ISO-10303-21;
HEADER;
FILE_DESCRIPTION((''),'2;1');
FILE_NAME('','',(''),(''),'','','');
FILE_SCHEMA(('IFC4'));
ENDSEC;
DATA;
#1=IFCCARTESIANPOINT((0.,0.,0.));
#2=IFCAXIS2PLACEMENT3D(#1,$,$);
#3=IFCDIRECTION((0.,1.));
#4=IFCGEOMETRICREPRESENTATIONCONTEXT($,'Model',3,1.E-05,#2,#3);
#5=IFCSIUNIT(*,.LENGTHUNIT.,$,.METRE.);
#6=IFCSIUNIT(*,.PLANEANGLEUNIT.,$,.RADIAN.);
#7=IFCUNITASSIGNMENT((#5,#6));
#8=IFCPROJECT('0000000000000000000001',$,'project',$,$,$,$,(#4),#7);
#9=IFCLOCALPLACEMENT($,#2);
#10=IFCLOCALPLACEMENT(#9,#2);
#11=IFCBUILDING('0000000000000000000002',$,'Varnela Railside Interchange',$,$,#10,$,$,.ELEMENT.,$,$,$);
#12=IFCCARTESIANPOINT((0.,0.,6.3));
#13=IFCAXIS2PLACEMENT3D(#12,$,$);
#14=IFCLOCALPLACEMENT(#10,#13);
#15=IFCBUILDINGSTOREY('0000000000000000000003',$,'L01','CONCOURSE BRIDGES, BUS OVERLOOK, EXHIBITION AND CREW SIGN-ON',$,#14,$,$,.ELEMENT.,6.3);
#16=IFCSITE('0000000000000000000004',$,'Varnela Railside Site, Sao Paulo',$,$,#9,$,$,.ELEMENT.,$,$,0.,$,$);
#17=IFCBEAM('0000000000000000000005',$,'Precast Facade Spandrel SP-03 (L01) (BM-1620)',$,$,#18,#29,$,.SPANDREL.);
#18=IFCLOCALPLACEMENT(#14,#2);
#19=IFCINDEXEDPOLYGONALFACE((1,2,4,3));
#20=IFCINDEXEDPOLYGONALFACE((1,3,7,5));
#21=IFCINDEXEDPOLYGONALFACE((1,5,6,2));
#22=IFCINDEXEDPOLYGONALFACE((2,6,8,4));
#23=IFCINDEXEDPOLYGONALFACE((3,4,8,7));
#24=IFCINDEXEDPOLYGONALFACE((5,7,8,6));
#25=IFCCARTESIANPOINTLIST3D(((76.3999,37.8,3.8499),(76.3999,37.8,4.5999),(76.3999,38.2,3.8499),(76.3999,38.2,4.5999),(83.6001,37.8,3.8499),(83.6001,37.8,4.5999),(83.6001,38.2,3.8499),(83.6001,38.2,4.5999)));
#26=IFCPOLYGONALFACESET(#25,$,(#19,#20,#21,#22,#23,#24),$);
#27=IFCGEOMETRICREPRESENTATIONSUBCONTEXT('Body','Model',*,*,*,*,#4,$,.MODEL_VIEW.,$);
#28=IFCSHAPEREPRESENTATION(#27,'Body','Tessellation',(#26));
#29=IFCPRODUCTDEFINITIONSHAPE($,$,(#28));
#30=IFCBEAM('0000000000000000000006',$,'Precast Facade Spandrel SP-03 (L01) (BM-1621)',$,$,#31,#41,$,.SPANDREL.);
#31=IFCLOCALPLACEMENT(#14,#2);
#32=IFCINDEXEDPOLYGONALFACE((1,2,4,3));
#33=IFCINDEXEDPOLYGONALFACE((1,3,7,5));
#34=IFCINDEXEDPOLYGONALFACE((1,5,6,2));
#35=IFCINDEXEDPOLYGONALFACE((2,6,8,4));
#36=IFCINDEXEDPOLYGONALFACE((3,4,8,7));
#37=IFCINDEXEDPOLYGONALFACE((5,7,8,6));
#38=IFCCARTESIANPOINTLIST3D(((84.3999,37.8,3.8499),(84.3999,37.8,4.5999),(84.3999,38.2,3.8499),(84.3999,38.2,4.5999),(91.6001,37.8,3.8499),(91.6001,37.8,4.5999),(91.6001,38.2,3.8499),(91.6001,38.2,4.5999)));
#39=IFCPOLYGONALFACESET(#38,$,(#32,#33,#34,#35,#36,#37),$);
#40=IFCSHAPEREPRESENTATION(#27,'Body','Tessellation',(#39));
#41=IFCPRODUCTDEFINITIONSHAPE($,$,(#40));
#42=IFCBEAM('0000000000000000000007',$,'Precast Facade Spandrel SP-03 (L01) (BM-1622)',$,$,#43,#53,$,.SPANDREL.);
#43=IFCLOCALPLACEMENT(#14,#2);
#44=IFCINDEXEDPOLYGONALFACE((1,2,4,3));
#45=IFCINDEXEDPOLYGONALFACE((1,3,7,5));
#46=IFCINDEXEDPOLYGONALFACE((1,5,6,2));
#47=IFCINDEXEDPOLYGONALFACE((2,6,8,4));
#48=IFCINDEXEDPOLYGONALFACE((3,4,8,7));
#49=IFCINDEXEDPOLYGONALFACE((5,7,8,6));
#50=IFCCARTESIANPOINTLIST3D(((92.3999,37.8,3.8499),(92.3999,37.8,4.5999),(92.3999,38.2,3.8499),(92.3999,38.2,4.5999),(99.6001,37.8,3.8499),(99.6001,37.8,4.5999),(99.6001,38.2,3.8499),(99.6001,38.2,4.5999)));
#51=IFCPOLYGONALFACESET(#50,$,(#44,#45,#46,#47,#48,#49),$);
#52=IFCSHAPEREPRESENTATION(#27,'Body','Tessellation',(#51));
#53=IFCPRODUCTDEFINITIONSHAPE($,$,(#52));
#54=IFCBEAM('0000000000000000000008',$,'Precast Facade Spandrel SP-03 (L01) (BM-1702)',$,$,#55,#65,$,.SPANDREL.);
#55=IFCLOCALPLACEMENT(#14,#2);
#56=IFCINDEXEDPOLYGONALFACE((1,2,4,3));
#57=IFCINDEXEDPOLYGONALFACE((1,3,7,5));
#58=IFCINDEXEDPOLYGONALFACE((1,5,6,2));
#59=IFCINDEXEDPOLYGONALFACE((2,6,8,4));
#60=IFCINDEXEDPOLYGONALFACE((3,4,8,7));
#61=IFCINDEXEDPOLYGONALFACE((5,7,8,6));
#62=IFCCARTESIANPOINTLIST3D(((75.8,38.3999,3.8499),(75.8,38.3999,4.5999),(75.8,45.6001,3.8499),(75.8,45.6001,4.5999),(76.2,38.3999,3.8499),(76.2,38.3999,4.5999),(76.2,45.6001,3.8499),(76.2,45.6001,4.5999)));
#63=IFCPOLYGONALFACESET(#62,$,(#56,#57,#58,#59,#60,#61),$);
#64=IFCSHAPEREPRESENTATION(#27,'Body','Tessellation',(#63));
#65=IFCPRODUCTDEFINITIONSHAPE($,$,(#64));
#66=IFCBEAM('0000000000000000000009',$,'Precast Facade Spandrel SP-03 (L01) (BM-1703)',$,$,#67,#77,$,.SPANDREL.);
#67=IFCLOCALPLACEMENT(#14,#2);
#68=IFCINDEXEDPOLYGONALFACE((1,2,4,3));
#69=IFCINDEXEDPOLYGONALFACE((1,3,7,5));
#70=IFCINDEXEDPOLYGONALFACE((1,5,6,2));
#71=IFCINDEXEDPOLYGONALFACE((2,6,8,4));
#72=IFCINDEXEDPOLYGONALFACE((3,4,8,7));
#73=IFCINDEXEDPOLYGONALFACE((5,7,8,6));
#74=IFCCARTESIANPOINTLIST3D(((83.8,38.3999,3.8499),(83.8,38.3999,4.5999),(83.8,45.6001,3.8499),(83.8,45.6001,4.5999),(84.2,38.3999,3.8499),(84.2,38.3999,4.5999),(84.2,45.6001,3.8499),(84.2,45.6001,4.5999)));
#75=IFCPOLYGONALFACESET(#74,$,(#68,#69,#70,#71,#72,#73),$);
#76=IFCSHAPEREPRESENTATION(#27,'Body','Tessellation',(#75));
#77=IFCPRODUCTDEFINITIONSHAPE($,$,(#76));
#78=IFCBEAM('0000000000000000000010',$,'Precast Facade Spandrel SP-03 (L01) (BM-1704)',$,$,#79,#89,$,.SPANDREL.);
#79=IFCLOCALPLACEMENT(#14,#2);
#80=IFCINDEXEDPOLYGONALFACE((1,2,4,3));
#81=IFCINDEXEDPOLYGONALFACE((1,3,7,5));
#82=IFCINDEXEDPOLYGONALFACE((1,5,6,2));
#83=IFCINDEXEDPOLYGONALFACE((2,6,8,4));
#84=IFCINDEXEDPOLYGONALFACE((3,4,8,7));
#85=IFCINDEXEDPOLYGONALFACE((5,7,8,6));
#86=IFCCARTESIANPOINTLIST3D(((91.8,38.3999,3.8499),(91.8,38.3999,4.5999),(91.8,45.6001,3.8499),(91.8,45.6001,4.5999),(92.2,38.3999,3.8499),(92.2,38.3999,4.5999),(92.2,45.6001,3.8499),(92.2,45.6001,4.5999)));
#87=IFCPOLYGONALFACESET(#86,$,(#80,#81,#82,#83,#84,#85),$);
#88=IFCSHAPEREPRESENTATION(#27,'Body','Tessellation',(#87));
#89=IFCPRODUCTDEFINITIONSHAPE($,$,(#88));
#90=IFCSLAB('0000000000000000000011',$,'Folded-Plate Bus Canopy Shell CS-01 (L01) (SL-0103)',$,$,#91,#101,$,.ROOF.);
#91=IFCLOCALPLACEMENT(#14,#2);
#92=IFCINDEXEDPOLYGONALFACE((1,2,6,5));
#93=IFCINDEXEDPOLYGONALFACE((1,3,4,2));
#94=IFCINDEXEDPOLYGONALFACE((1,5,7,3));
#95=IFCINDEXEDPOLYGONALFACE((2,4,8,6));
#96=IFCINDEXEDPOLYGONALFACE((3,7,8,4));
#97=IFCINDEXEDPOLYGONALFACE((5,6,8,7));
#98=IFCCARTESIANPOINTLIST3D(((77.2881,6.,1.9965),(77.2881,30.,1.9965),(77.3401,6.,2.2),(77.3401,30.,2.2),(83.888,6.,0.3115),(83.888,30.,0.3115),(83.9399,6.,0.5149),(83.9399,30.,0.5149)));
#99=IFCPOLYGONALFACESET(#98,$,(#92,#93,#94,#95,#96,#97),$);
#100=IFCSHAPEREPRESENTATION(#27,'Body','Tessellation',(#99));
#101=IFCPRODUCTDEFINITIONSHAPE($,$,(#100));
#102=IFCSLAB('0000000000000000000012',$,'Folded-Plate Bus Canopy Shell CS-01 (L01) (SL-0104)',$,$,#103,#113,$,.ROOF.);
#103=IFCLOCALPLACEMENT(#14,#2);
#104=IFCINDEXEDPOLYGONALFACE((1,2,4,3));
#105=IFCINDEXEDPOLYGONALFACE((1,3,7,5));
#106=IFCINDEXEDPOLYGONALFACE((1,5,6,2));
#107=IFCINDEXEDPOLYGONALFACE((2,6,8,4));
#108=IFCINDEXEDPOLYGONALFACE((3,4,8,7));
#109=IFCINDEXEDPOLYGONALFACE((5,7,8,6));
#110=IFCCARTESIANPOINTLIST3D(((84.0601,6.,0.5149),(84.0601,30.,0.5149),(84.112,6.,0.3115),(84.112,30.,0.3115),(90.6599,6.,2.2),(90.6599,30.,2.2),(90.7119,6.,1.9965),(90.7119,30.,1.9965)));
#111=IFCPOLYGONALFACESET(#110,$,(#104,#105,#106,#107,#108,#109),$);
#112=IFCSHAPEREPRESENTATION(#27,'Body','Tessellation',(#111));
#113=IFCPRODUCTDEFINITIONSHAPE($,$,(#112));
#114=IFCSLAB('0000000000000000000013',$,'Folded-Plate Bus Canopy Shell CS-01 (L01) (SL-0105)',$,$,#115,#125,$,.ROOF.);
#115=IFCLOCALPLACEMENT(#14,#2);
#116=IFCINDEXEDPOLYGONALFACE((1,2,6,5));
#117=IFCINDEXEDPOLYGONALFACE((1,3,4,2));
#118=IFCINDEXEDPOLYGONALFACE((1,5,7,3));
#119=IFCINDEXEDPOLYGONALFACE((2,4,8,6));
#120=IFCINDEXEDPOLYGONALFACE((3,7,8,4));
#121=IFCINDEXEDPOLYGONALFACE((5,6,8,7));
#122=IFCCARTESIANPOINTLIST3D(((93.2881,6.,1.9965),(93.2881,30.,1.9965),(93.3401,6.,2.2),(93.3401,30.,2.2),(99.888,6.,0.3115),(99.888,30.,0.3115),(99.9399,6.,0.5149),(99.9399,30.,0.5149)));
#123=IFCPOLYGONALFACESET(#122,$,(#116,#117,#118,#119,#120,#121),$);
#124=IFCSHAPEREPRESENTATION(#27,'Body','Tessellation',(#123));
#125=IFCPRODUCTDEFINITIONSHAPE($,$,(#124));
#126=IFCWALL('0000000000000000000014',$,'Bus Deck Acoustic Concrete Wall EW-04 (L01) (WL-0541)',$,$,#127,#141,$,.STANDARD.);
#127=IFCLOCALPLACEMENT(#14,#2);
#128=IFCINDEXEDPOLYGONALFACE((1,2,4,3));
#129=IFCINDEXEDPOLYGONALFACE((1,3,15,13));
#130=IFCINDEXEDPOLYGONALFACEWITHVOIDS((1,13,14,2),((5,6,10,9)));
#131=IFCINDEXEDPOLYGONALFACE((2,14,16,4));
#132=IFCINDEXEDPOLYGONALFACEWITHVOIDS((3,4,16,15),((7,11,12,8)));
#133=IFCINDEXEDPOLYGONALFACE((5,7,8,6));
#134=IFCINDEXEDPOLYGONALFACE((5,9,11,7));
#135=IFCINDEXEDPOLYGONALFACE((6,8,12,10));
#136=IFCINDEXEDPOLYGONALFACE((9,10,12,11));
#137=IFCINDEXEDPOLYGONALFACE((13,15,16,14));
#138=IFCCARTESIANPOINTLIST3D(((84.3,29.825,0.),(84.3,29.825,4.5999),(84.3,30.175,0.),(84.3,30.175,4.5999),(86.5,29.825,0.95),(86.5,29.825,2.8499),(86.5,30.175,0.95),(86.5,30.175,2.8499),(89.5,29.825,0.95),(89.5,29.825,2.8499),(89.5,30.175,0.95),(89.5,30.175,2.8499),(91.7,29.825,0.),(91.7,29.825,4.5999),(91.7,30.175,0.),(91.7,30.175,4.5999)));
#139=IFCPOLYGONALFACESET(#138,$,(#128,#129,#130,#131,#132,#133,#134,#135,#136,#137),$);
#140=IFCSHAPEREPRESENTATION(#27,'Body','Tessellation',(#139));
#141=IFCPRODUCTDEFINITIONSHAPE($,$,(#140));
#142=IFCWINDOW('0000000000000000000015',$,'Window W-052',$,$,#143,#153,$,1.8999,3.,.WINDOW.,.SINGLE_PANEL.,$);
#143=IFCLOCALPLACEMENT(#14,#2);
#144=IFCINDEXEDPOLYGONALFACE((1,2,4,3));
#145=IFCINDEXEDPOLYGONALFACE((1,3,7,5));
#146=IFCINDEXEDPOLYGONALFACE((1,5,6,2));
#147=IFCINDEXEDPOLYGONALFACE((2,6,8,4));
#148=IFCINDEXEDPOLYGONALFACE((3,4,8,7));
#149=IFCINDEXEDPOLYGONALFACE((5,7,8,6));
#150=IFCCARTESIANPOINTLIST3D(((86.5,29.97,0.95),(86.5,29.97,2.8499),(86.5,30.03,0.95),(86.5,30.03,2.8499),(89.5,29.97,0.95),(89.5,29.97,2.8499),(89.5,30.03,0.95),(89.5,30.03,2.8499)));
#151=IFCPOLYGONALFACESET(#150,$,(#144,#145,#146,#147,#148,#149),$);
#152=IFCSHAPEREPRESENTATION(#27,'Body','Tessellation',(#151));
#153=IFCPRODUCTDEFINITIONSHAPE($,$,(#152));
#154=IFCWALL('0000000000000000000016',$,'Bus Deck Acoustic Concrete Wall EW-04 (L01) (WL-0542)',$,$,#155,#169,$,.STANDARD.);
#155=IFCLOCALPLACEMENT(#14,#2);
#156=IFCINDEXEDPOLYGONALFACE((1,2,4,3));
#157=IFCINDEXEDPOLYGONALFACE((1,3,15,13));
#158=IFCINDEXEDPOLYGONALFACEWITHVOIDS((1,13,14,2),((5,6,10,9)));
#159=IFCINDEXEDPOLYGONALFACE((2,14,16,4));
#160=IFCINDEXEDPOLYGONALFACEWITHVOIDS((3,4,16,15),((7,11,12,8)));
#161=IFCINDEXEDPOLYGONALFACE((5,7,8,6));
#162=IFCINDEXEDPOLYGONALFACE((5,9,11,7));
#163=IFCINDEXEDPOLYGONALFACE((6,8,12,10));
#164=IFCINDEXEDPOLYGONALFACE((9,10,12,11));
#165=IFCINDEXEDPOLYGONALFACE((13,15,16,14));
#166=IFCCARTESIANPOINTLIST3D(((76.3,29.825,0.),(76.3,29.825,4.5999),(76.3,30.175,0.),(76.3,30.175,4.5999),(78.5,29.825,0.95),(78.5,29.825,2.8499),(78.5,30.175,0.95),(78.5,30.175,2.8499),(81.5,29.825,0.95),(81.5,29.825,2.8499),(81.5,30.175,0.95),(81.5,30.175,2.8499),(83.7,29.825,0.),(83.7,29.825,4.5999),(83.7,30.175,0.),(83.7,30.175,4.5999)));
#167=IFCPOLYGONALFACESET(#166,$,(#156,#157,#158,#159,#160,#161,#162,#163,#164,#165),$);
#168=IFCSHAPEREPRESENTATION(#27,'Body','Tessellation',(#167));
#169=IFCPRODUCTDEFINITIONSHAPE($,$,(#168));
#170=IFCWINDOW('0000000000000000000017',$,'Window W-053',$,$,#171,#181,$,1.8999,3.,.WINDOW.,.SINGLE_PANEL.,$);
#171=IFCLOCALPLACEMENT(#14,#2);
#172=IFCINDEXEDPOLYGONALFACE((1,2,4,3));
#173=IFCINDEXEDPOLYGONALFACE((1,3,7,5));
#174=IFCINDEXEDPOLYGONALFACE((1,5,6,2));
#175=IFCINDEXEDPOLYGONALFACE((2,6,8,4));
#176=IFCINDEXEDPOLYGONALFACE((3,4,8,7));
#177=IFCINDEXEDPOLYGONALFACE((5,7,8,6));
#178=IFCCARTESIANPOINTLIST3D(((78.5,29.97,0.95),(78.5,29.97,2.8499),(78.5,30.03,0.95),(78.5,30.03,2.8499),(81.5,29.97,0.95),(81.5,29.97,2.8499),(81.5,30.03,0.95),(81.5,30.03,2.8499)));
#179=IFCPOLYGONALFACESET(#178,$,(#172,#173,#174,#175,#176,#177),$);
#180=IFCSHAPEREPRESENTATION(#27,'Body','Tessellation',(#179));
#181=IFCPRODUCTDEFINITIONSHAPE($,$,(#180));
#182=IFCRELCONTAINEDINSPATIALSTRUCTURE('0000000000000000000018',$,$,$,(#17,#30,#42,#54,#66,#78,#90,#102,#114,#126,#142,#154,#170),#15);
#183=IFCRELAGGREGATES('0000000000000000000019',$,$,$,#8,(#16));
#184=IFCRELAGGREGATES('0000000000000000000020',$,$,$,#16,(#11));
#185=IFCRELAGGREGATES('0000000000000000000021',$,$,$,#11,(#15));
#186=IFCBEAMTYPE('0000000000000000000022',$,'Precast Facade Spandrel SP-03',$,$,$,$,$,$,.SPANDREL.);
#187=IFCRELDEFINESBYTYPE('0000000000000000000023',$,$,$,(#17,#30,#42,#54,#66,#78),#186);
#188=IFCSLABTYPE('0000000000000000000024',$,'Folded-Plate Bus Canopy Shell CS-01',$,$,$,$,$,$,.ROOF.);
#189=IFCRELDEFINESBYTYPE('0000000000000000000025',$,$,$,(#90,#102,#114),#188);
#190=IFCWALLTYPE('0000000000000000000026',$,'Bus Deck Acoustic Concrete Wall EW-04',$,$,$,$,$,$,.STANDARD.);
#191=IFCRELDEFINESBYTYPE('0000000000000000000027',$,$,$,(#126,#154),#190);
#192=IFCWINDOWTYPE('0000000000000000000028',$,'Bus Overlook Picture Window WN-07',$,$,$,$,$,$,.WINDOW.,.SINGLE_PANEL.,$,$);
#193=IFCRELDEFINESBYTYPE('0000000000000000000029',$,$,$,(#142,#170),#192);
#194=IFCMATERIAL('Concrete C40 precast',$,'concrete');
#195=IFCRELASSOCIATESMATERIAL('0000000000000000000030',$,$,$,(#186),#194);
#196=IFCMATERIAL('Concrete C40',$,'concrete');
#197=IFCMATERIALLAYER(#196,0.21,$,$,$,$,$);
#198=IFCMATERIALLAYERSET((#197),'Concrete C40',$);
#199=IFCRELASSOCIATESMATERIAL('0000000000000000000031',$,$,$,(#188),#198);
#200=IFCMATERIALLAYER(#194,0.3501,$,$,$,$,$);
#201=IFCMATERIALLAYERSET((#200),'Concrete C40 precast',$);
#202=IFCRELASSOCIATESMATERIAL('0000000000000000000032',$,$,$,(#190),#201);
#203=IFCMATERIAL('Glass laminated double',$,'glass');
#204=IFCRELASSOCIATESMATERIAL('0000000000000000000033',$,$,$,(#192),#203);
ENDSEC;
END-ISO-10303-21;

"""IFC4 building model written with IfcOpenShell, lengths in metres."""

from ifc_helpers import new_model, si_unit, direction, frame, frame_2d, origin, origin_2d, place, context, subcontext, project, spatial, polyline, rectangle, outline, extrude, material, layer, layer_set, material_profile, profile_set, type_object, element, fill, save


model = new_model("IFC4")

# Units and contexts
model_context = context("Model", 3, precision=1e-05, world=origin(), true_north=direction((0.0, 1.0)))
body_context = subcontext(model_context, "Body", "Model", "MODEL_VIEW")
ifc_project = project(units=[si_unit("LENGTHUNIT", "METRE"), si_unit("PLANEANGLEUNIT", "RADIAN")], contexts=[model_context])

# Site, building, storey
site_placement = place(None, origin())
site = spatial("IfcSite", under=ifc_project, at=site_placement, Name="Varnela Railside Site, Sao Paulo", CompositionType="ELEMENT", RefElevation=0.0)
building_placement = place(site_placement, origin())
building = spatial("IfcBuilding", under=site, at=building_placement, Name="Varnela Railside Interchange", CompositionType="ELEMENT")
storey_placement = place(building_placement, frame((0.0, 0.0, 6.3)))
storey = spatial("IfcBuildingStorey", under=building, at=storey_placement, Name="L01", Description="CONCOURSE BRIDGES, BUS OVERLOOK, EXHIBITION AND CREW SIGN-ON", CompositionType="ELEMENT", Elevation=6.3)

# Beams
ifc_material_1 = material(Name="Concrete C40 precast", Category="concrete")
ifc_material_profile_1 = material_profile(ifc_material_1, rectangle(XDim=0.3999, YDim=0.75, at=origin_2d()), Name="PC 400x750")
ifc_profile_set_1 = profile_set([ifc_material_profile_1], Name="Concrete C40 precast")
beam_type_1 = type_object("IfcBeamType", Name="Precast Facade Spandrel SP-03", PredefinedType="SPANDREL", material=ifc_profile_set_1)
for number, where, z_axis, x_axis, name in (
    (1, (76.3999, 38.0, 4.2249), (1.0, 0.0, 0.0), (0.0, 1.0, 0.0), "Precast Facade Spandrel SP-03 (L01) (BM-1620)"),
    (2, (84.3999, 38.0, 4.2249), (1.0, 0.0, 0.0), (0.0, 1.0, 0.0), "Precast Facade Spandrel SP-03 (L01) (BM-1621)"),
    (3, (92.3999, 38.0, 4.2249), (1.0, 0.0, 0.0), (0.0, 1.0, 0.0), "Precast Facade Spandrel SP-03 (L01) (BM-1622)"),
    (4, (76.0, 38.3999, 4.2249), (0.0, 1.0, 0.0), (-1.0, 0.0, 0.0), "Precast Facade Spandrel SP-03 (L01) (BM-1702)"),
    (5, (84.0, 38.3999, 4.2249), (0.0, 1.0, 0.0), (-1.0, 0.0, 0.0), "Precast Facade Spandrel SP-03 (L01) (BM-1703)"),
    (6, (92.0, 38.3999, 4.2249), (0.0, 1.0, 0.0), (-1.0, 0.0, 0.0), "Precast Facade Spandrel SP-03 (L01) (BM-1704)"),
):
    element("IfcBeam", number, at=place(storey_placement, frame(where, z_axis=z_axis, x_axis=x_axis)), inside=storey, type_object=beam_type_1, Name=name, PredefinedType="SPANDREL", context=body_context, shape_type="SweptSolid", body=[
        extrude(rectangle(XDim=0.3999, YDim=0.75, at=origin_2d()), origin(), (0.0, 0.0, 1.0), 7.2002),
    ])

# Slabs
ifc_material_2 = material(Name="Concrete C40", Category="concrete")
ifc_layer_1 = layer(ifc_material_2, 0.21)
ifc_layer_set_1 = layer_set([ifc_layer_1], Name="Concrete C40")
slab_type = type_object("IfcSlabType", Name="Folded-Plate Bus Canopy Shell CS-01", PredefinedType="ROOF", material=ifc_layer_set_1)
for number, where, z_axis, x_axis, name in (
    (7, (77.3401, 6.0, 2.2), (0.247382, 0.0, 0.968918), (0.968918, 0.0, -0.247382), "Folded-Plate Bus Canopy Shell CS-01 (L01) (SL-0103)"),
    (8, (84.0601, 6.0, 0.5149), (-0.247382, 0.0, 0.968918), (0.968918, 0.0, 0.247382), "Folded-Plate Bus Canopy Shell CS-01 (L01) (SL-0104)"),
    (9, (93.3401, 6.0, 2.2), (0.247382, 0.0, 0.968918), (0.968918, 0.0, -0.247382), "Folded-Plate Bus Canopy Shell CS-01 (L01) (SL-0105)"),
):
    element("IfcSlab", number, at=place(storey_placement, frame(where, z_axis=z_axis, x_axis=x_axis)), inside=storey, type_object=slab_type, Name=name, PredefinedType="ROOF", context=body_context, shape_type="SweptSolid", body=[
        extrude(outline(polyline([(0.0, 0.0), (6.8116, 0.0), (6.8116, 24.0), (0.0, 24.0), (0.0, 0.0)])), origin(), (0.0, 0.0, -1.0), 0.21),
    ])

# Walls, openings, windows
ifc_layer_2 = layer(ifc_material_1, 0.3501)
ifc_layer_set_2 = layer_set([ifc_layer_2], Name="Concrete C40 precast")
wall_type_1 = type_object("IfcWallType", Name="Bus Deck Acoustic Concrete Wall EW-04", PredefinedType="STANDARD", material=ifc_layer_set_2)
wall_1_placement = place(storey_placement, frame((91.7, 30.0, 0.0), z_axis=(0.0, 0.0, 1.0), x_axis=(-1.0, 0.0, 0.0)))
wall_1 = element("IfcWall", 10, at=wall_1_placement, inside=storey, type_object=wall_type_1, Name="Bus Deck Acoustic Concrete Wall EW-04 (L01) (WL-0541)", PredefinedType="STANDARD", context=body_context, shape_type="SweptSolid", body=[
    extrude(rectangle(XDim=7.3999, YDim=0.3501, at=frame_2d((3.7, 0.0))), origin(), (0.0, 0.0, 1.0), 4.5999),
])
opening_1_placement = place(wall_1_placement, frame((2.2, 0.0, 0.95)))
opening_1 = element("IfcOpeningElement", 11, at=opening_1_placement, cuts=wall_1, PredefinedType="OPENING", context=body_context, shape_type="SweptSolid", body=[
    extrude(rectangle(XDim=3.0, YDim=1.8999, at=frame_2d((1.5, 0.95))), frame((0.0, 0.1851, 0.0), z_axis=(0.0, -1.0, 0.0), x_axis=(1.0, 0.0, 0.0)), (0.0, 0.0, 1.0), 0.3701),
])
ifc_material_3 = material(Name="Glass laminated double", Category="glass")
window_type = type_object("IfcWindowType", Name="Bus Overlook Picture Window WN-07", PartitioningType="SINGLE_PANEL", PredefinedType="WINDOW", material=ifc_material_3)
window_1_placement = place(opening_1_placement, origin())
window_1 = element("IfcWindow", 12, at=window_1_placement, inside=storey, type_object=window_type, Name="Window W-052", OverallHeight=1.8999, OverallWidth=3.0, PartitioningType="SINGLE_PANEL", PredefinedType="WINDOW", context=body_context, shape_type="SweptSolid", body=[
    extrude(rectangle(XDim=3.0, YDim=1.8999, at=frame_2d((1.5, 0.95))), frame((0.0, 0.03, 0.0), z_axis=(0.0, -1.0, 0.0), x_axis=(1.0, 0.0, 0.0)), (0.0, 0.0, 1.0), 0.0601),
])
fill(opening_1, window_1)
wall_2_placement = place(storey_placement, frame((83.7, 30.0, 0.0), z_axis=(0.0, 0.0, 1.0), x_axis=(-1.0, 0.0, 0.0)))
wall_2 = element("IfcWall", 13, at=wall_2_placement, inside=storey, type_object=wall_type_1, Name="Bus Deck Acoustic Concrete Wall EW-04 (L01) (WL-0542)", PredefinedType="STANDARD", context=body_context, shape_type="SweptSolid", body=[
    extrude(rectangle(XDim=7.3999, YDim=0.3501, at=frame_2d((3.7, 0.0))), origin(), (0.0, 0.0, 1.0), 4.5999),
])
opening_2_placement = place(wall_2_placement, frame((2.2, 0.0, 0.95)))
opening_2 = element("IfcOpeningElement", 14, at=opening_2_placement, cuts=wall_2, PredefinedType="OPENING", context=body_context, shape_type="SweptSolid", body=[
    extrude(rectangle(XDim=3.0, YDim=1.8999, at=frame_2d((1.5, 0.95))), frame((0.0, 0.1851, 0.0), z_axis=(0.0, -1.0, 0.0), x_axis=(1.0, 0.0, 0.0)), (0.0, 0.0, 1.0), 0.3701),
])
window_2_placement = place(opening_2_placement, origin())
window_2 = element("IfcWindow", 15, at=window_2_placement, inside=storey, type_object=window_type, Name="Window W-053", OverallHeight=1.8999, OverallWidth=3.0, PartitioningType="SINGLE_PANEL", PredefinedType="WINDOW", context=body_context, shape_type="SweptSolid", body=[
    extrude(rectangle(XDim=3.0, YDim=1.8999, at=frame_2d((1.5, 0.95))), frame((0.0, 0.03, 0.0), z_axis=(0.0, -1.0, 0.0), x_axis=(1.0, 0.0, 0.0)), (0.0, 0.0, 1.0), 0.0601),
])
fill(opening_2, window_2)

save(model, "model.ifc")
